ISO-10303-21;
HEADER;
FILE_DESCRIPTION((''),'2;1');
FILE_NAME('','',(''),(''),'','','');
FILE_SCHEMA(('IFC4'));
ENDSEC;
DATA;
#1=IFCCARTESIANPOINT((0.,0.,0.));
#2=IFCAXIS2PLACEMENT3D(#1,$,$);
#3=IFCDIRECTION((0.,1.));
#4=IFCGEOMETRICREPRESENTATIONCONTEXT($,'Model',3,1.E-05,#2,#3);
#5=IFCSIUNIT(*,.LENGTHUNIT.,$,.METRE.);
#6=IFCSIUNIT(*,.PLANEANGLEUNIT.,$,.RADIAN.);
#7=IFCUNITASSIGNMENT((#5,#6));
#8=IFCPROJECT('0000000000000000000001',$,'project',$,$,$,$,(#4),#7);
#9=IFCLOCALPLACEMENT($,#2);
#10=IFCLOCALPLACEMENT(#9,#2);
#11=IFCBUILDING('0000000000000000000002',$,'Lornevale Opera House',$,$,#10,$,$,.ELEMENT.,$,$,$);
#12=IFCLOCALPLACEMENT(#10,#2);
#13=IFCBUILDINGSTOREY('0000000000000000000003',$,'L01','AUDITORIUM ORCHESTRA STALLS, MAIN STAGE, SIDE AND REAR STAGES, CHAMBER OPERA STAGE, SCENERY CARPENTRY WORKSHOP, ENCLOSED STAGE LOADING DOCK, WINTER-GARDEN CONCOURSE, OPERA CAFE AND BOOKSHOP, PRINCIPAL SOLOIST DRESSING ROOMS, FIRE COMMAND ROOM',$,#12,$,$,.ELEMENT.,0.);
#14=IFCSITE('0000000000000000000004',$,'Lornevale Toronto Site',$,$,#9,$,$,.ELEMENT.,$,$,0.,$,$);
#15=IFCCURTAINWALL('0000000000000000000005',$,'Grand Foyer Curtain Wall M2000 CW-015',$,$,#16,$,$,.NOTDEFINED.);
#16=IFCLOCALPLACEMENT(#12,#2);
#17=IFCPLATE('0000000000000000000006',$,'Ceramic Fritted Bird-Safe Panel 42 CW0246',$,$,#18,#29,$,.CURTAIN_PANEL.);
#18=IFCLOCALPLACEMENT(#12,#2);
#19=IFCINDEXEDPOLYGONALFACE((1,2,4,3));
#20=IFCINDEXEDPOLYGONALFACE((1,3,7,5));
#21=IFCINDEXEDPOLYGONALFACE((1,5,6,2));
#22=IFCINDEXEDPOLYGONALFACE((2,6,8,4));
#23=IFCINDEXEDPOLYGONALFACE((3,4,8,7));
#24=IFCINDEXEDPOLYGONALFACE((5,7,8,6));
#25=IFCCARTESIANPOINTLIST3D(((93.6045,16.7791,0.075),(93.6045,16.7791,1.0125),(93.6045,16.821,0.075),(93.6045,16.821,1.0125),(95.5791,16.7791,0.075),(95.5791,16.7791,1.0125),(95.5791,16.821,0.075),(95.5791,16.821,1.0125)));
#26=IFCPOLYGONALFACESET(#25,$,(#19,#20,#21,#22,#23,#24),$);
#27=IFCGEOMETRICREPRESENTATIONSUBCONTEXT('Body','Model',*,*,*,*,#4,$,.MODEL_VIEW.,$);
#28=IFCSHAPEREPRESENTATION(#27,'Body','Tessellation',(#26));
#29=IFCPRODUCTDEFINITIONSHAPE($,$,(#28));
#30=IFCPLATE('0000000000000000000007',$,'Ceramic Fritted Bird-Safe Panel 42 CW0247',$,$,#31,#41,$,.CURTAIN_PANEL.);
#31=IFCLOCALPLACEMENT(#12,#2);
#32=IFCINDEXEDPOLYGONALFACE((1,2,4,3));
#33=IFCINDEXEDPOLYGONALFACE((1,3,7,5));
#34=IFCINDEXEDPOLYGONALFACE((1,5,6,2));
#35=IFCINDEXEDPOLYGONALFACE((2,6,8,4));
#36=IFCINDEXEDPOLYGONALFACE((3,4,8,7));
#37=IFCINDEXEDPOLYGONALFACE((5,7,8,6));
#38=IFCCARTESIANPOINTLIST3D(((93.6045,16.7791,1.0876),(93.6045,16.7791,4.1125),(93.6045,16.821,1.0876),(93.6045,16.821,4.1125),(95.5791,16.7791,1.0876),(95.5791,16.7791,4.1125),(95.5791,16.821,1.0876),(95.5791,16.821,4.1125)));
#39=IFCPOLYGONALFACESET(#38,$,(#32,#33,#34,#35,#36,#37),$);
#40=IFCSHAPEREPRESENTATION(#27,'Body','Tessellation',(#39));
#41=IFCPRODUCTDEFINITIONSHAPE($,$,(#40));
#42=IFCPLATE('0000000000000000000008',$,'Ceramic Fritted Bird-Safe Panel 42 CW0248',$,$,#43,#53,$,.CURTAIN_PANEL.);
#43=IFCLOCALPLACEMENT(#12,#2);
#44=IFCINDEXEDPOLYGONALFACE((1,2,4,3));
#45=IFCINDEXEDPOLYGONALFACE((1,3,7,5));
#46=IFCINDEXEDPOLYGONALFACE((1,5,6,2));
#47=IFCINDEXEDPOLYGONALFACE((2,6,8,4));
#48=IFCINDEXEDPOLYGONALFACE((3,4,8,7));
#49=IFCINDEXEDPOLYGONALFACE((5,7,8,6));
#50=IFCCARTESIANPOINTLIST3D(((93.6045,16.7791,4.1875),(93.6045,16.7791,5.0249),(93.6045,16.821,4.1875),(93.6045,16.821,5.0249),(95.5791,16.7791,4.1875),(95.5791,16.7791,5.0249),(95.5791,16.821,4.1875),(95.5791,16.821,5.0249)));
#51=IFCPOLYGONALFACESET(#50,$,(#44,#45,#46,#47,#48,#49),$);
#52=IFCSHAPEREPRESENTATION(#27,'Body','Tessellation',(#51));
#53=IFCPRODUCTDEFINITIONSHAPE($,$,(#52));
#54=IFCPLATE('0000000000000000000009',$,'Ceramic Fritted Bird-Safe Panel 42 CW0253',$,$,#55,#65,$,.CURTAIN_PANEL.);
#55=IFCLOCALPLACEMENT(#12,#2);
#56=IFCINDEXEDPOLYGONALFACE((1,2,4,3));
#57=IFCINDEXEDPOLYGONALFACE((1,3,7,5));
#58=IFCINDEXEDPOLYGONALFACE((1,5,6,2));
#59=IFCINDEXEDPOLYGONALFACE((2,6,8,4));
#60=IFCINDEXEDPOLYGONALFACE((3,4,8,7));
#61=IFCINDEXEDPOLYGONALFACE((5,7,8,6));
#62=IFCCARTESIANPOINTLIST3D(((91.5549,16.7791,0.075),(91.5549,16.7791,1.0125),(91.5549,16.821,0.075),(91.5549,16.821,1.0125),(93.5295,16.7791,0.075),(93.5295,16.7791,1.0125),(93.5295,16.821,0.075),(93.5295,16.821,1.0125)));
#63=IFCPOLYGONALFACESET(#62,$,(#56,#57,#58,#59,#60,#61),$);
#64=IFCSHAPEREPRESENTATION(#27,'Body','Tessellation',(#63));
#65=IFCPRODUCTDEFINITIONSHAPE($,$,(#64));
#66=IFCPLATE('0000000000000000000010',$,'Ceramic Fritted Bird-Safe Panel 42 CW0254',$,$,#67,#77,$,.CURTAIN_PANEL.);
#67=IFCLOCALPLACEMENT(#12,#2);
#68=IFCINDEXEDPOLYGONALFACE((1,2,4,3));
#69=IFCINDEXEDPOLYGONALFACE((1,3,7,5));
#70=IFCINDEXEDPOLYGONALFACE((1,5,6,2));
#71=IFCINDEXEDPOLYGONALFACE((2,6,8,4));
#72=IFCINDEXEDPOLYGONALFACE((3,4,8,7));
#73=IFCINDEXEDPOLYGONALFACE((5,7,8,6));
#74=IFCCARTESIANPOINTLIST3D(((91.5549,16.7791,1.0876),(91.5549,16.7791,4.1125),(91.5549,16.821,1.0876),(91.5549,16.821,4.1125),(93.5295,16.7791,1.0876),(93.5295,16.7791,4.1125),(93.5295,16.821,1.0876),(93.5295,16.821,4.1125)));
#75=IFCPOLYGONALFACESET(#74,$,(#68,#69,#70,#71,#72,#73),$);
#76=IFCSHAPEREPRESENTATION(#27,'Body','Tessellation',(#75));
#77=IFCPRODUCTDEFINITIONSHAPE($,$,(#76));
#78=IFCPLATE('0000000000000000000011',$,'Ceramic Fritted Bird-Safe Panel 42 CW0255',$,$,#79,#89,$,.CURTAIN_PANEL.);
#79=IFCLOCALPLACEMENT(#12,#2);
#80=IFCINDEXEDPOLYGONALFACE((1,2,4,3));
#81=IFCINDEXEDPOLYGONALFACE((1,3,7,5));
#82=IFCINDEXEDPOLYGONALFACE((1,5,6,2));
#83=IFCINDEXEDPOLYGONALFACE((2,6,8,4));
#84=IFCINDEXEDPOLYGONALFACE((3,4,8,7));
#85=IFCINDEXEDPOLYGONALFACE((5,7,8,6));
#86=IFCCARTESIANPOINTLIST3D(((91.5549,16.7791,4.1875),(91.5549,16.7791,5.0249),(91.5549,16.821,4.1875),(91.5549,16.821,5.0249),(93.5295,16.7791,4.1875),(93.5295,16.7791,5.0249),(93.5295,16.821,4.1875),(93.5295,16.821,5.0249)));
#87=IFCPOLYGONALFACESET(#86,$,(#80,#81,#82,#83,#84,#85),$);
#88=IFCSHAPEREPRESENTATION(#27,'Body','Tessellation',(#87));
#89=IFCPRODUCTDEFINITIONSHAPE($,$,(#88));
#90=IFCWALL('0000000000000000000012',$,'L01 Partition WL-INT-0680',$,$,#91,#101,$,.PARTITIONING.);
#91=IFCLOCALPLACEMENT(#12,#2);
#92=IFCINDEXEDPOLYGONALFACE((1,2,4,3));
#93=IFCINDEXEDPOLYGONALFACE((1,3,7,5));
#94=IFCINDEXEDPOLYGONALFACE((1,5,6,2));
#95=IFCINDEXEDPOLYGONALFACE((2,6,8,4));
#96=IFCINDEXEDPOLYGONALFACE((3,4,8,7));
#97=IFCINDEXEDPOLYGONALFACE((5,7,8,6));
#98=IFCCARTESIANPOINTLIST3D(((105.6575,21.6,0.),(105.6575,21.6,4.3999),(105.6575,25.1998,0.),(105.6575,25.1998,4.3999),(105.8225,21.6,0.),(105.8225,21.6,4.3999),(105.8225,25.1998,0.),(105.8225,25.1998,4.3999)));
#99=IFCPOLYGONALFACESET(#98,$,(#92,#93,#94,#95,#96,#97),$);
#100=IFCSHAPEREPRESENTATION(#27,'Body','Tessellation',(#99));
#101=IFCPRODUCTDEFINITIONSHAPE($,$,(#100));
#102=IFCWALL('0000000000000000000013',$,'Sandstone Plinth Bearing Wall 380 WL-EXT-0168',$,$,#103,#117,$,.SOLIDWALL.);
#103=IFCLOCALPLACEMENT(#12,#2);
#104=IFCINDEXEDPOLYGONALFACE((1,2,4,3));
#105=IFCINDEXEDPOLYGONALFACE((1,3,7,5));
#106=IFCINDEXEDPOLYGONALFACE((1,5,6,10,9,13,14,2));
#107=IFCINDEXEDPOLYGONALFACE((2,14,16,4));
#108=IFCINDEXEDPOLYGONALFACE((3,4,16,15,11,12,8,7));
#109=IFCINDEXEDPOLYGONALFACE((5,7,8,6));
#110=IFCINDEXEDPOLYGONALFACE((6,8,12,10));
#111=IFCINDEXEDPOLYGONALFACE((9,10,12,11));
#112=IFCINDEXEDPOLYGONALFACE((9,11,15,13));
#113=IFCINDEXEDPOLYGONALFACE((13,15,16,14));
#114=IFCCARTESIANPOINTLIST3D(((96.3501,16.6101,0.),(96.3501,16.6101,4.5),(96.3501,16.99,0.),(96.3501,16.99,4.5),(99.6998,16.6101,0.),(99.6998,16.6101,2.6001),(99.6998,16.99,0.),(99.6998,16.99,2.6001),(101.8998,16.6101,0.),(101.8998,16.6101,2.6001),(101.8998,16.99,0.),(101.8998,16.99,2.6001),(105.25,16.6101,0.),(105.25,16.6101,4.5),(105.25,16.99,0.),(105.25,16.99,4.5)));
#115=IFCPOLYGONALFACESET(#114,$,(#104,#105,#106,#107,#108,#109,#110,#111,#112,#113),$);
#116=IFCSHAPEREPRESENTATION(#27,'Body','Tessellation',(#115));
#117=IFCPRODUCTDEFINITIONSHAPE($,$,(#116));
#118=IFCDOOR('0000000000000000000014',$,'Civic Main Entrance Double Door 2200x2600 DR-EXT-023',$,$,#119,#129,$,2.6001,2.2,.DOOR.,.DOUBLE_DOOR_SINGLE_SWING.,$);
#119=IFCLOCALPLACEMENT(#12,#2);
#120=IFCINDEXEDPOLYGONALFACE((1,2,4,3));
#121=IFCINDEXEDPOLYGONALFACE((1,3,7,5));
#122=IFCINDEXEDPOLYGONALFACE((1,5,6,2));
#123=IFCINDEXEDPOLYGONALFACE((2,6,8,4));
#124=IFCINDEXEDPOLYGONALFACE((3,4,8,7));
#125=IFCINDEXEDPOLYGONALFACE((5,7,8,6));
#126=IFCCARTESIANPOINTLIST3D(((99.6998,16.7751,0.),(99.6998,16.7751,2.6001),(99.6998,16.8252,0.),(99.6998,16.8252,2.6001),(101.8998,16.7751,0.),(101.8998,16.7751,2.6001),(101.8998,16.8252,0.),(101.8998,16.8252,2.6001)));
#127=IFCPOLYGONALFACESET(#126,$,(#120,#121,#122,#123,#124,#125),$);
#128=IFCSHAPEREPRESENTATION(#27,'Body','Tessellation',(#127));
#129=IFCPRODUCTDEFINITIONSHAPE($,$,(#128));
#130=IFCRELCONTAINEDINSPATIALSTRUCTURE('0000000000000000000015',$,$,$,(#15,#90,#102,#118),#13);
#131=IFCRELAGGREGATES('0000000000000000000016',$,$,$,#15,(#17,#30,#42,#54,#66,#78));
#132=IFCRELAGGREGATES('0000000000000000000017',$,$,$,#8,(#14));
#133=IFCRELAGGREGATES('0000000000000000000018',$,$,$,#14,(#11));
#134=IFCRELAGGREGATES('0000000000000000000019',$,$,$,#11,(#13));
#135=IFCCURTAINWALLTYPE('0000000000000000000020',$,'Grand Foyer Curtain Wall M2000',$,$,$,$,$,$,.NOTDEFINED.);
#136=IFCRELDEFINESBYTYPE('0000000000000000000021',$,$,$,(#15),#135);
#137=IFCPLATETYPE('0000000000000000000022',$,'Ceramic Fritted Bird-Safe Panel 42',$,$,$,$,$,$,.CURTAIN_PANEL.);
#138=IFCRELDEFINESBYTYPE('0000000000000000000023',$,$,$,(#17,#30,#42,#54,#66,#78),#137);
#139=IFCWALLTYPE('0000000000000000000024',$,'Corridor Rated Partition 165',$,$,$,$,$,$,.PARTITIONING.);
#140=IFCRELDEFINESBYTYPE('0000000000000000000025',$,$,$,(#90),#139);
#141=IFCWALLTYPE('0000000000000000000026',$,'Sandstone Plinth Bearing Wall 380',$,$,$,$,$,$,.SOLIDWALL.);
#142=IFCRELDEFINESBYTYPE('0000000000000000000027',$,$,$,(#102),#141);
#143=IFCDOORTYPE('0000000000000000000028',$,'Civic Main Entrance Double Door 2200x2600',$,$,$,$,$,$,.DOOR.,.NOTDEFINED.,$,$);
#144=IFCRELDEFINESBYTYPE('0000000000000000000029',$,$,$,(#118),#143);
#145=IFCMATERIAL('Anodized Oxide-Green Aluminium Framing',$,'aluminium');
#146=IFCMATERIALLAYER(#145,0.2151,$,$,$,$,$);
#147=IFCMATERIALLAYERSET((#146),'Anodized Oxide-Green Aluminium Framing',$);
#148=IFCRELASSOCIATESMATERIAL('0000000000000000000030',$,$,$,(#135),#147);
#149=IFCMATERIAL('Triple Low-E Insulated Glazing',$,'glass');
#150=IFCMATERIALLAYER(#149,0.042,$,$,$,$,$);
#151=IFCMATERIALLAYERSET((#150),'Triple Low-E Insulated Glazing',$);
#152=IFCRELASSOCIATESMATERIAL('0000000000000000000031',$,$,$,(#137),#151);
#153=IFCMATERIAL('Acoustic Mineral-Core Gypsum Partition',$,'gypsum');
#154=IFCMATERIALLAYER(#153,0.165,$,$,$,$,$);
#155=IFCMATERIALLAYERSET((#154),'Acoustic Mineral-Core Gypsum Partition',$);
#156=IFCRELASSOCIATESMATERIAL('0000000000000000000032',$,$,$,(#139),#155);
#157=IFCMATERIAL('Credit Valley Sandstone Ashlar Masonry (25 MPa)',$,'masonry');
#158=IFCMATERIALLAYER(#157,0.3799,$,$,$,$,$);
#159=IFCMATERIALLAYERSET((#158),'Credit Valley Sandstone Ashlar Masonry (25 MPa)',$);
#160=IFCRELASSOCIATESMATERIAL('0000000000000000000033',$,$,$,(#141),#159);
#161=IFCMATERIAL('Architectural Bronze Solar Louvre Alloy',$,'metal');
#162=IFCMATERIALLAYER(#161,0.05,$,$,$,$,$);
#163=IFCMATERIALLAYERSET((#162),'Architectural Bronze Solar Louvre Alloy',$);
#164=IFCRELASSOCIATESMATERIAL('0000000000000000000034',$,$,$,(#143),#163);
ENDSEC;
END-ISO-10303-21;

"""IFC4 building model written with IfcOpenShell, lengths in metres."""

from ifc_helpers import new_model, si_unit, direction, frame, frame_2d, origin, origin_2d, place, context, subcontext, project, spatial, rectangle, extrude, material, layer, layer_set, type_object, element, fill, aggregate, save


model = new_model("IFC4")

# Units and contexts
model_context = context("Model", 3, precision=1e-05, world=origin(), true_north=direction((0.0, 1.0)))
body_context = subcontext(model_context, "Body", "Model", "MODEL_VIEW")
ifc_project = project(units=[si_unit("LENGTHUNIT", "METRE"), si_unit("PLANEANGLEUNIT", "RADIAN")], contexts=[model_context])

# Site, building, storey
site_placement = place(None, origin())
site = spatial("IfcSite", under=ifc_project, at=site_placement, Name="Lornevale Toronto Site", CompositionType="ELEMENT", RefElevation=0.0)
building_placement = place(site_placement, origin())
building = spatial("IfcBuilding", under=site, at=building_placement, Name="Lornevale Opera House", CompositionType="ELEMENT")
storey_placement = place(building_placement, origin())
storey = spatial("IfcBuildingStorey", under=building, at=storey_placement, Name="L01", Description="AUDITORIUM ORCHESTRA STALLS, MAIN STAGE, SIDE AND REAR STAGES, CHAMBER OPERA STAGE, SCENERY CARPENTRY WORKSHOP, ENCLOSED STAGE LOADING DOCK, WINTER-GARDEN CONCOURSE, OPERA CAFE AND BOOKSHOP, PRINCIPAL SOLOIST DRESSING ROOMS, FIRE COMMAND ROOM", CompositionType="ELEMENT", Elevation=0.0)

# Curtain wall
ifc_material_1 = material(Name="Anodized Oxide-Green Aluminium Framing", Category="aluminium")
ifc_layer_1 = layer(ifc_material_1, 0.2151)
ifc_layer_set_1 = layer_set([ifc_layer_1], Name="Anodized Oxide-Green Aluminium Framing")
curtain_wall_type = type_object("IfcCurtainWallType", Name="Grand Foyer Curtain Wall M2000", PredefinedType="NOTDEFINED", material=ifc_layer_set_1)
curtain_wall_1_placement = place(storey_placement, origin())
curtain_wall_1 = element("IfcCurtainWall", 1, at=curtain_wall_1_placement, inside=storey, type_object=curtain_wall_type, Name="Grand Foyer Curtain Wall M2000 CW-015", PredefinedType="NOTDEFINED")

# Plates
ifc_material_2 = material(Name="Triple Low-E Insulated Glazing", Category="glass")
ifc_layer_2 = layer(ifc_material_2, 0.042)
ifc_layer_set_2 = layer_set([ifc_layer_2], Name="Triple Low-E Insulated Glazing")
plate_type = type_object("IfcPlateType", Name="Ceramic Fritted Bird-Safe Panel 42", PredefinedType="CURTAIN_PANEL", material=ifc_layer_set_2)
plate_1_placement = place(storey_placement, frame((94.5918, 16.8, 0.075), z_axis=(0.0, 0.0, 1.0), x_axis=(-1.0, 0.0, 0.0)))
plate_1 = element("IfcPlate", 2, at=plate_1_placement, type_object=plate_type, Name="Ceramic Fritted Bird-Safe Panel 42 CW0246", PredefinedType="CURTAIN_PANEL", context=body_context, shape_type="SweptSolid", body=[
    extrude(rectangle(XDim=1.9746, YDim=0.042, at=origin_2d()), origin(), (0.0, 0.0, 1.0), 0.9375),
])
plate_2_placement = place(storey_placement, frame((94.5918, 16.8, 1.0876), z_axis=(0.0, 0.0, 1.0), x_axis=(-1.0, 0.0, 0.0)))
plate_2 = element("IfcPlate", 3, at=plate_2_placement, type_object=plate_type, Name="Ceramic Fritted Bird-Safe Panel 42 CW0247", PredefinedType="CURTAIN_PANEL", context=body_context, shape_type="SweptSolid", body=[
    extrude(rectangle(XDim=1.9746, YDim=0.042, at=origin_2d()), origin(), (0.0, 0.0, 1.0), 3.0249),
])
plate_3_placement = place(storey_placement, frame((94.5918, 16.8, 4.1875), z_axis=(0.0, 0.0, 1.0), x_axis=(-1.0, 0.0, 0.0)))
plate_3 = element("IfcPlate", 4, at=plate_3_placement, type_object=plate_type, Name="Ceramic Fritted Bird-Safe Panel 42 CW0248", PredefinedType="CURTAIN_PANEL", context=body_context, shape_type="SweptSolid", body=[
    extrude(rectangle(XDim=1.9746, YDim=0.042, at=origin_2d()), origin(), (0.0, 0.0, 1.0), 0.8374),
])
plate_4_placement = place(storey_placement, frame((92.5422, 16.8, 0.075), z_axis=(0.0, 0.0, 1.0), x_axis=(-1.0, 0.0, 0.0)))
plate_4 = element("IfcPlate", 5, at=plate_4_placement, type_object=plate_type, Name="Ceramic Fritted Bird-Safe Panel 42 CW0253", PredefinedType="CURTAIN_PANEL", context=body_context, shape_type="SweptSolid", body=[
    extrude(rectangle(XDim=1.9746, YDim=0.042, at=origin_2d()), origin(), (0.0, 0.0, 1.0), 0.9375),
])
plate_5_placement = place(storey_placement, frame((92.5422, 16.8, 1.0876), z_axis=(0.0, 0.0, 1.0), x_axis=(-1.0, 0.0, 0.0)))
plate_5 = element("IfcPlate", 6, at=plate_5_placement, type_object=plate_type, Name="Ceramic Fritted Bird-Safe Panel 42 CW0254", PredefinedType="CURTAIN_PANEL", context=body_context, shape_type="SweptSolid", body=[
    extrude(rectangle(XDim=1.9746, YDim=0.042, at=origin_2d()), origin(), (0.0, 0.0, 1.0), 3.0249),
])
plate_6_placement = place(storey_placement, frame((92.5422, 16.8, 4.1875), z_axis=(0.0, 0.0, 1.0), x_axis=(-1.0, 0.0, 0.0)))
plate_6 = element("IfcPlate", 7, at=plate_6_placement, type_object=plate_type, Name="Ceramic Fritted Bird-Safe Panel 42 CW0255", PredefinedType="CURTAIN_PANEL", context=body_context, shape_type="SweptSolid", body=[
    extrude(rectangle(XDim=1.9746, YDim=0.042, at=origin_2d()), origin(), (0.0, 0.0, 1.0), 0.8374),
])
aggregate(curtain_wall_1, [plate_1, plate_2, plate_3, plate_4, plate_5, plate_6])

# Wall
ifc_material_3 = material(Name="Acoustic Mineral-Core Gypsum Partition", Category="gypsum")
ifc_layer_3 = layer(ifc_material_3, 0.165)
ifc_layer_set_3 = layer_set([ifc_layer_3], Name="Acoustic Mineral-Core Gypsum Partition")
wall_type_1 = type_object("IfcWallType", Name="Corridor Rated Partition 165", PredefinedType="PARTITIONING", material=ifc_layer_set_3)
wall_1_placement = place(storey_placement, frame((105.74, 21.6001, 0.0), z_axis=(0.0, 0.0, 1.0), x_axis=(0.0, 1.0, 0.0)))
element("IfcWall", 8, at=wall_1_placement, inside=storey, type_object=wall_type_1, Name="L01 Partition WL-INT-0680", PredefinedType="PARTITIONING", context=body_context, shape_type="SweptSolid", body=[
    extrude(rectangle(XDim=3.5999, YDim=0.165, at=frame_2d((1.7998, 0.0))), origin(), (0.0, 0.0, 1.0), 4.3999),
])

# Wall, opening, door
ifc_material_4 = material(Name="Credit Valley Sandstone Ashlar Masonry (25 MPa)", Category="masonry")
ifc_layer_4 = layer(ifc_material_4, 0.3799)
ifc_layer_set_4 = layer_set([ifc_layer_4], Name="Credit Valley Sandstone Ashlar Masonry (25 MPa)")
wall_type_2 = type_object("IfcWallType", Name="Sandstone Plinth Bearing Wall 380", PredefinedType="SOLIDWALL", material=ifc_layer_set_4)
wall_2_placement = place(storey_placement, frame((105.25, 16.8, 0.0), z_axis=(0.0, 0.0, 1.0), x_axis=(-1.0, 0.0, 0.0)))
wall_2 = element("IfcWall", 9, at=wall_2_placement, inside=storey, type_object=wall_type_2, Name="Sandstone Plinth Bearing Wall 380 WL-EXT-0168", PredefinedType="SOLIDWALL", context=body_context, shape_type="SweptSolid", body=[
    extrude(rectangle(XDim=8.8999, YDim=0.3799, at=frame_2d((4.45, 0.0))), origin(), (0.0, 0.0, 1.0), 4.5),
])
opening_placement = place(wall_2_placement, frame((3.3501, 0.0, 0.0)))
opening = element("IfcOpeningElement", 10, at=opening_placement, cuts=wall_2, PredefinedType="OPENING", context=body_context, shape_type="SweptSolid", body=[
    extrude(rectangle(XDim=2.2, YDim=2.6001, at=frame_2d((1.1001, 1.3))), frame((0.0, 0.2, 0.0), z_axis=(0.0, -1.0, 0.0), x_axis=(1.0, 0.0, 0.0)), (0.0, 0.0, 1.0), 0.3999),
])
ifc_material_5 = material(Name="Architectural Bronze Solar Louvre Alloy", Category="metal")
ifc_layer_5 = layer(ifc_material_5, 0.05)
ifc_layer_set_5 = layer_set([ifc_layer_5], Name="Architectural Bronze Solar Louvre Alloy")
door_type = type_object("IfcDoorType", Name="Civic Main Entrance Double Door 2200x2600", OperationType="NOTDEFINED", PredefinedType="DOOR", material=ifc_layer_set_5)
door_placement = place(opening_placement, origin())
door = element("IfcDoor", 11, at=door_placement, inside=storey, type_object=door_type, Name="Civic Main Entrance Double Door 2200x2600 DR-EXT-023", OperationType="DOUBLE_DOOR_SINGLE_SWING", OverallHeight=2.6001, OverallWidth=2.2, PredefinedType="DOOR", context=body_context, shape_type="SweptSolid", body=[
    extrude(rectangle(XDim=2.2, YDim=2.6001, at=frame_2d((1.1001, 1.3))), frame((0.0, 0.0249, 0.0), z_axis=(0.0, -1.0, 0.0), x_axis=(1.0, 0.0, 0.0)), (0.0, 0.0, 1.0), 0.05),
])
fill(opening, door)

save(model, "model.ifc")
